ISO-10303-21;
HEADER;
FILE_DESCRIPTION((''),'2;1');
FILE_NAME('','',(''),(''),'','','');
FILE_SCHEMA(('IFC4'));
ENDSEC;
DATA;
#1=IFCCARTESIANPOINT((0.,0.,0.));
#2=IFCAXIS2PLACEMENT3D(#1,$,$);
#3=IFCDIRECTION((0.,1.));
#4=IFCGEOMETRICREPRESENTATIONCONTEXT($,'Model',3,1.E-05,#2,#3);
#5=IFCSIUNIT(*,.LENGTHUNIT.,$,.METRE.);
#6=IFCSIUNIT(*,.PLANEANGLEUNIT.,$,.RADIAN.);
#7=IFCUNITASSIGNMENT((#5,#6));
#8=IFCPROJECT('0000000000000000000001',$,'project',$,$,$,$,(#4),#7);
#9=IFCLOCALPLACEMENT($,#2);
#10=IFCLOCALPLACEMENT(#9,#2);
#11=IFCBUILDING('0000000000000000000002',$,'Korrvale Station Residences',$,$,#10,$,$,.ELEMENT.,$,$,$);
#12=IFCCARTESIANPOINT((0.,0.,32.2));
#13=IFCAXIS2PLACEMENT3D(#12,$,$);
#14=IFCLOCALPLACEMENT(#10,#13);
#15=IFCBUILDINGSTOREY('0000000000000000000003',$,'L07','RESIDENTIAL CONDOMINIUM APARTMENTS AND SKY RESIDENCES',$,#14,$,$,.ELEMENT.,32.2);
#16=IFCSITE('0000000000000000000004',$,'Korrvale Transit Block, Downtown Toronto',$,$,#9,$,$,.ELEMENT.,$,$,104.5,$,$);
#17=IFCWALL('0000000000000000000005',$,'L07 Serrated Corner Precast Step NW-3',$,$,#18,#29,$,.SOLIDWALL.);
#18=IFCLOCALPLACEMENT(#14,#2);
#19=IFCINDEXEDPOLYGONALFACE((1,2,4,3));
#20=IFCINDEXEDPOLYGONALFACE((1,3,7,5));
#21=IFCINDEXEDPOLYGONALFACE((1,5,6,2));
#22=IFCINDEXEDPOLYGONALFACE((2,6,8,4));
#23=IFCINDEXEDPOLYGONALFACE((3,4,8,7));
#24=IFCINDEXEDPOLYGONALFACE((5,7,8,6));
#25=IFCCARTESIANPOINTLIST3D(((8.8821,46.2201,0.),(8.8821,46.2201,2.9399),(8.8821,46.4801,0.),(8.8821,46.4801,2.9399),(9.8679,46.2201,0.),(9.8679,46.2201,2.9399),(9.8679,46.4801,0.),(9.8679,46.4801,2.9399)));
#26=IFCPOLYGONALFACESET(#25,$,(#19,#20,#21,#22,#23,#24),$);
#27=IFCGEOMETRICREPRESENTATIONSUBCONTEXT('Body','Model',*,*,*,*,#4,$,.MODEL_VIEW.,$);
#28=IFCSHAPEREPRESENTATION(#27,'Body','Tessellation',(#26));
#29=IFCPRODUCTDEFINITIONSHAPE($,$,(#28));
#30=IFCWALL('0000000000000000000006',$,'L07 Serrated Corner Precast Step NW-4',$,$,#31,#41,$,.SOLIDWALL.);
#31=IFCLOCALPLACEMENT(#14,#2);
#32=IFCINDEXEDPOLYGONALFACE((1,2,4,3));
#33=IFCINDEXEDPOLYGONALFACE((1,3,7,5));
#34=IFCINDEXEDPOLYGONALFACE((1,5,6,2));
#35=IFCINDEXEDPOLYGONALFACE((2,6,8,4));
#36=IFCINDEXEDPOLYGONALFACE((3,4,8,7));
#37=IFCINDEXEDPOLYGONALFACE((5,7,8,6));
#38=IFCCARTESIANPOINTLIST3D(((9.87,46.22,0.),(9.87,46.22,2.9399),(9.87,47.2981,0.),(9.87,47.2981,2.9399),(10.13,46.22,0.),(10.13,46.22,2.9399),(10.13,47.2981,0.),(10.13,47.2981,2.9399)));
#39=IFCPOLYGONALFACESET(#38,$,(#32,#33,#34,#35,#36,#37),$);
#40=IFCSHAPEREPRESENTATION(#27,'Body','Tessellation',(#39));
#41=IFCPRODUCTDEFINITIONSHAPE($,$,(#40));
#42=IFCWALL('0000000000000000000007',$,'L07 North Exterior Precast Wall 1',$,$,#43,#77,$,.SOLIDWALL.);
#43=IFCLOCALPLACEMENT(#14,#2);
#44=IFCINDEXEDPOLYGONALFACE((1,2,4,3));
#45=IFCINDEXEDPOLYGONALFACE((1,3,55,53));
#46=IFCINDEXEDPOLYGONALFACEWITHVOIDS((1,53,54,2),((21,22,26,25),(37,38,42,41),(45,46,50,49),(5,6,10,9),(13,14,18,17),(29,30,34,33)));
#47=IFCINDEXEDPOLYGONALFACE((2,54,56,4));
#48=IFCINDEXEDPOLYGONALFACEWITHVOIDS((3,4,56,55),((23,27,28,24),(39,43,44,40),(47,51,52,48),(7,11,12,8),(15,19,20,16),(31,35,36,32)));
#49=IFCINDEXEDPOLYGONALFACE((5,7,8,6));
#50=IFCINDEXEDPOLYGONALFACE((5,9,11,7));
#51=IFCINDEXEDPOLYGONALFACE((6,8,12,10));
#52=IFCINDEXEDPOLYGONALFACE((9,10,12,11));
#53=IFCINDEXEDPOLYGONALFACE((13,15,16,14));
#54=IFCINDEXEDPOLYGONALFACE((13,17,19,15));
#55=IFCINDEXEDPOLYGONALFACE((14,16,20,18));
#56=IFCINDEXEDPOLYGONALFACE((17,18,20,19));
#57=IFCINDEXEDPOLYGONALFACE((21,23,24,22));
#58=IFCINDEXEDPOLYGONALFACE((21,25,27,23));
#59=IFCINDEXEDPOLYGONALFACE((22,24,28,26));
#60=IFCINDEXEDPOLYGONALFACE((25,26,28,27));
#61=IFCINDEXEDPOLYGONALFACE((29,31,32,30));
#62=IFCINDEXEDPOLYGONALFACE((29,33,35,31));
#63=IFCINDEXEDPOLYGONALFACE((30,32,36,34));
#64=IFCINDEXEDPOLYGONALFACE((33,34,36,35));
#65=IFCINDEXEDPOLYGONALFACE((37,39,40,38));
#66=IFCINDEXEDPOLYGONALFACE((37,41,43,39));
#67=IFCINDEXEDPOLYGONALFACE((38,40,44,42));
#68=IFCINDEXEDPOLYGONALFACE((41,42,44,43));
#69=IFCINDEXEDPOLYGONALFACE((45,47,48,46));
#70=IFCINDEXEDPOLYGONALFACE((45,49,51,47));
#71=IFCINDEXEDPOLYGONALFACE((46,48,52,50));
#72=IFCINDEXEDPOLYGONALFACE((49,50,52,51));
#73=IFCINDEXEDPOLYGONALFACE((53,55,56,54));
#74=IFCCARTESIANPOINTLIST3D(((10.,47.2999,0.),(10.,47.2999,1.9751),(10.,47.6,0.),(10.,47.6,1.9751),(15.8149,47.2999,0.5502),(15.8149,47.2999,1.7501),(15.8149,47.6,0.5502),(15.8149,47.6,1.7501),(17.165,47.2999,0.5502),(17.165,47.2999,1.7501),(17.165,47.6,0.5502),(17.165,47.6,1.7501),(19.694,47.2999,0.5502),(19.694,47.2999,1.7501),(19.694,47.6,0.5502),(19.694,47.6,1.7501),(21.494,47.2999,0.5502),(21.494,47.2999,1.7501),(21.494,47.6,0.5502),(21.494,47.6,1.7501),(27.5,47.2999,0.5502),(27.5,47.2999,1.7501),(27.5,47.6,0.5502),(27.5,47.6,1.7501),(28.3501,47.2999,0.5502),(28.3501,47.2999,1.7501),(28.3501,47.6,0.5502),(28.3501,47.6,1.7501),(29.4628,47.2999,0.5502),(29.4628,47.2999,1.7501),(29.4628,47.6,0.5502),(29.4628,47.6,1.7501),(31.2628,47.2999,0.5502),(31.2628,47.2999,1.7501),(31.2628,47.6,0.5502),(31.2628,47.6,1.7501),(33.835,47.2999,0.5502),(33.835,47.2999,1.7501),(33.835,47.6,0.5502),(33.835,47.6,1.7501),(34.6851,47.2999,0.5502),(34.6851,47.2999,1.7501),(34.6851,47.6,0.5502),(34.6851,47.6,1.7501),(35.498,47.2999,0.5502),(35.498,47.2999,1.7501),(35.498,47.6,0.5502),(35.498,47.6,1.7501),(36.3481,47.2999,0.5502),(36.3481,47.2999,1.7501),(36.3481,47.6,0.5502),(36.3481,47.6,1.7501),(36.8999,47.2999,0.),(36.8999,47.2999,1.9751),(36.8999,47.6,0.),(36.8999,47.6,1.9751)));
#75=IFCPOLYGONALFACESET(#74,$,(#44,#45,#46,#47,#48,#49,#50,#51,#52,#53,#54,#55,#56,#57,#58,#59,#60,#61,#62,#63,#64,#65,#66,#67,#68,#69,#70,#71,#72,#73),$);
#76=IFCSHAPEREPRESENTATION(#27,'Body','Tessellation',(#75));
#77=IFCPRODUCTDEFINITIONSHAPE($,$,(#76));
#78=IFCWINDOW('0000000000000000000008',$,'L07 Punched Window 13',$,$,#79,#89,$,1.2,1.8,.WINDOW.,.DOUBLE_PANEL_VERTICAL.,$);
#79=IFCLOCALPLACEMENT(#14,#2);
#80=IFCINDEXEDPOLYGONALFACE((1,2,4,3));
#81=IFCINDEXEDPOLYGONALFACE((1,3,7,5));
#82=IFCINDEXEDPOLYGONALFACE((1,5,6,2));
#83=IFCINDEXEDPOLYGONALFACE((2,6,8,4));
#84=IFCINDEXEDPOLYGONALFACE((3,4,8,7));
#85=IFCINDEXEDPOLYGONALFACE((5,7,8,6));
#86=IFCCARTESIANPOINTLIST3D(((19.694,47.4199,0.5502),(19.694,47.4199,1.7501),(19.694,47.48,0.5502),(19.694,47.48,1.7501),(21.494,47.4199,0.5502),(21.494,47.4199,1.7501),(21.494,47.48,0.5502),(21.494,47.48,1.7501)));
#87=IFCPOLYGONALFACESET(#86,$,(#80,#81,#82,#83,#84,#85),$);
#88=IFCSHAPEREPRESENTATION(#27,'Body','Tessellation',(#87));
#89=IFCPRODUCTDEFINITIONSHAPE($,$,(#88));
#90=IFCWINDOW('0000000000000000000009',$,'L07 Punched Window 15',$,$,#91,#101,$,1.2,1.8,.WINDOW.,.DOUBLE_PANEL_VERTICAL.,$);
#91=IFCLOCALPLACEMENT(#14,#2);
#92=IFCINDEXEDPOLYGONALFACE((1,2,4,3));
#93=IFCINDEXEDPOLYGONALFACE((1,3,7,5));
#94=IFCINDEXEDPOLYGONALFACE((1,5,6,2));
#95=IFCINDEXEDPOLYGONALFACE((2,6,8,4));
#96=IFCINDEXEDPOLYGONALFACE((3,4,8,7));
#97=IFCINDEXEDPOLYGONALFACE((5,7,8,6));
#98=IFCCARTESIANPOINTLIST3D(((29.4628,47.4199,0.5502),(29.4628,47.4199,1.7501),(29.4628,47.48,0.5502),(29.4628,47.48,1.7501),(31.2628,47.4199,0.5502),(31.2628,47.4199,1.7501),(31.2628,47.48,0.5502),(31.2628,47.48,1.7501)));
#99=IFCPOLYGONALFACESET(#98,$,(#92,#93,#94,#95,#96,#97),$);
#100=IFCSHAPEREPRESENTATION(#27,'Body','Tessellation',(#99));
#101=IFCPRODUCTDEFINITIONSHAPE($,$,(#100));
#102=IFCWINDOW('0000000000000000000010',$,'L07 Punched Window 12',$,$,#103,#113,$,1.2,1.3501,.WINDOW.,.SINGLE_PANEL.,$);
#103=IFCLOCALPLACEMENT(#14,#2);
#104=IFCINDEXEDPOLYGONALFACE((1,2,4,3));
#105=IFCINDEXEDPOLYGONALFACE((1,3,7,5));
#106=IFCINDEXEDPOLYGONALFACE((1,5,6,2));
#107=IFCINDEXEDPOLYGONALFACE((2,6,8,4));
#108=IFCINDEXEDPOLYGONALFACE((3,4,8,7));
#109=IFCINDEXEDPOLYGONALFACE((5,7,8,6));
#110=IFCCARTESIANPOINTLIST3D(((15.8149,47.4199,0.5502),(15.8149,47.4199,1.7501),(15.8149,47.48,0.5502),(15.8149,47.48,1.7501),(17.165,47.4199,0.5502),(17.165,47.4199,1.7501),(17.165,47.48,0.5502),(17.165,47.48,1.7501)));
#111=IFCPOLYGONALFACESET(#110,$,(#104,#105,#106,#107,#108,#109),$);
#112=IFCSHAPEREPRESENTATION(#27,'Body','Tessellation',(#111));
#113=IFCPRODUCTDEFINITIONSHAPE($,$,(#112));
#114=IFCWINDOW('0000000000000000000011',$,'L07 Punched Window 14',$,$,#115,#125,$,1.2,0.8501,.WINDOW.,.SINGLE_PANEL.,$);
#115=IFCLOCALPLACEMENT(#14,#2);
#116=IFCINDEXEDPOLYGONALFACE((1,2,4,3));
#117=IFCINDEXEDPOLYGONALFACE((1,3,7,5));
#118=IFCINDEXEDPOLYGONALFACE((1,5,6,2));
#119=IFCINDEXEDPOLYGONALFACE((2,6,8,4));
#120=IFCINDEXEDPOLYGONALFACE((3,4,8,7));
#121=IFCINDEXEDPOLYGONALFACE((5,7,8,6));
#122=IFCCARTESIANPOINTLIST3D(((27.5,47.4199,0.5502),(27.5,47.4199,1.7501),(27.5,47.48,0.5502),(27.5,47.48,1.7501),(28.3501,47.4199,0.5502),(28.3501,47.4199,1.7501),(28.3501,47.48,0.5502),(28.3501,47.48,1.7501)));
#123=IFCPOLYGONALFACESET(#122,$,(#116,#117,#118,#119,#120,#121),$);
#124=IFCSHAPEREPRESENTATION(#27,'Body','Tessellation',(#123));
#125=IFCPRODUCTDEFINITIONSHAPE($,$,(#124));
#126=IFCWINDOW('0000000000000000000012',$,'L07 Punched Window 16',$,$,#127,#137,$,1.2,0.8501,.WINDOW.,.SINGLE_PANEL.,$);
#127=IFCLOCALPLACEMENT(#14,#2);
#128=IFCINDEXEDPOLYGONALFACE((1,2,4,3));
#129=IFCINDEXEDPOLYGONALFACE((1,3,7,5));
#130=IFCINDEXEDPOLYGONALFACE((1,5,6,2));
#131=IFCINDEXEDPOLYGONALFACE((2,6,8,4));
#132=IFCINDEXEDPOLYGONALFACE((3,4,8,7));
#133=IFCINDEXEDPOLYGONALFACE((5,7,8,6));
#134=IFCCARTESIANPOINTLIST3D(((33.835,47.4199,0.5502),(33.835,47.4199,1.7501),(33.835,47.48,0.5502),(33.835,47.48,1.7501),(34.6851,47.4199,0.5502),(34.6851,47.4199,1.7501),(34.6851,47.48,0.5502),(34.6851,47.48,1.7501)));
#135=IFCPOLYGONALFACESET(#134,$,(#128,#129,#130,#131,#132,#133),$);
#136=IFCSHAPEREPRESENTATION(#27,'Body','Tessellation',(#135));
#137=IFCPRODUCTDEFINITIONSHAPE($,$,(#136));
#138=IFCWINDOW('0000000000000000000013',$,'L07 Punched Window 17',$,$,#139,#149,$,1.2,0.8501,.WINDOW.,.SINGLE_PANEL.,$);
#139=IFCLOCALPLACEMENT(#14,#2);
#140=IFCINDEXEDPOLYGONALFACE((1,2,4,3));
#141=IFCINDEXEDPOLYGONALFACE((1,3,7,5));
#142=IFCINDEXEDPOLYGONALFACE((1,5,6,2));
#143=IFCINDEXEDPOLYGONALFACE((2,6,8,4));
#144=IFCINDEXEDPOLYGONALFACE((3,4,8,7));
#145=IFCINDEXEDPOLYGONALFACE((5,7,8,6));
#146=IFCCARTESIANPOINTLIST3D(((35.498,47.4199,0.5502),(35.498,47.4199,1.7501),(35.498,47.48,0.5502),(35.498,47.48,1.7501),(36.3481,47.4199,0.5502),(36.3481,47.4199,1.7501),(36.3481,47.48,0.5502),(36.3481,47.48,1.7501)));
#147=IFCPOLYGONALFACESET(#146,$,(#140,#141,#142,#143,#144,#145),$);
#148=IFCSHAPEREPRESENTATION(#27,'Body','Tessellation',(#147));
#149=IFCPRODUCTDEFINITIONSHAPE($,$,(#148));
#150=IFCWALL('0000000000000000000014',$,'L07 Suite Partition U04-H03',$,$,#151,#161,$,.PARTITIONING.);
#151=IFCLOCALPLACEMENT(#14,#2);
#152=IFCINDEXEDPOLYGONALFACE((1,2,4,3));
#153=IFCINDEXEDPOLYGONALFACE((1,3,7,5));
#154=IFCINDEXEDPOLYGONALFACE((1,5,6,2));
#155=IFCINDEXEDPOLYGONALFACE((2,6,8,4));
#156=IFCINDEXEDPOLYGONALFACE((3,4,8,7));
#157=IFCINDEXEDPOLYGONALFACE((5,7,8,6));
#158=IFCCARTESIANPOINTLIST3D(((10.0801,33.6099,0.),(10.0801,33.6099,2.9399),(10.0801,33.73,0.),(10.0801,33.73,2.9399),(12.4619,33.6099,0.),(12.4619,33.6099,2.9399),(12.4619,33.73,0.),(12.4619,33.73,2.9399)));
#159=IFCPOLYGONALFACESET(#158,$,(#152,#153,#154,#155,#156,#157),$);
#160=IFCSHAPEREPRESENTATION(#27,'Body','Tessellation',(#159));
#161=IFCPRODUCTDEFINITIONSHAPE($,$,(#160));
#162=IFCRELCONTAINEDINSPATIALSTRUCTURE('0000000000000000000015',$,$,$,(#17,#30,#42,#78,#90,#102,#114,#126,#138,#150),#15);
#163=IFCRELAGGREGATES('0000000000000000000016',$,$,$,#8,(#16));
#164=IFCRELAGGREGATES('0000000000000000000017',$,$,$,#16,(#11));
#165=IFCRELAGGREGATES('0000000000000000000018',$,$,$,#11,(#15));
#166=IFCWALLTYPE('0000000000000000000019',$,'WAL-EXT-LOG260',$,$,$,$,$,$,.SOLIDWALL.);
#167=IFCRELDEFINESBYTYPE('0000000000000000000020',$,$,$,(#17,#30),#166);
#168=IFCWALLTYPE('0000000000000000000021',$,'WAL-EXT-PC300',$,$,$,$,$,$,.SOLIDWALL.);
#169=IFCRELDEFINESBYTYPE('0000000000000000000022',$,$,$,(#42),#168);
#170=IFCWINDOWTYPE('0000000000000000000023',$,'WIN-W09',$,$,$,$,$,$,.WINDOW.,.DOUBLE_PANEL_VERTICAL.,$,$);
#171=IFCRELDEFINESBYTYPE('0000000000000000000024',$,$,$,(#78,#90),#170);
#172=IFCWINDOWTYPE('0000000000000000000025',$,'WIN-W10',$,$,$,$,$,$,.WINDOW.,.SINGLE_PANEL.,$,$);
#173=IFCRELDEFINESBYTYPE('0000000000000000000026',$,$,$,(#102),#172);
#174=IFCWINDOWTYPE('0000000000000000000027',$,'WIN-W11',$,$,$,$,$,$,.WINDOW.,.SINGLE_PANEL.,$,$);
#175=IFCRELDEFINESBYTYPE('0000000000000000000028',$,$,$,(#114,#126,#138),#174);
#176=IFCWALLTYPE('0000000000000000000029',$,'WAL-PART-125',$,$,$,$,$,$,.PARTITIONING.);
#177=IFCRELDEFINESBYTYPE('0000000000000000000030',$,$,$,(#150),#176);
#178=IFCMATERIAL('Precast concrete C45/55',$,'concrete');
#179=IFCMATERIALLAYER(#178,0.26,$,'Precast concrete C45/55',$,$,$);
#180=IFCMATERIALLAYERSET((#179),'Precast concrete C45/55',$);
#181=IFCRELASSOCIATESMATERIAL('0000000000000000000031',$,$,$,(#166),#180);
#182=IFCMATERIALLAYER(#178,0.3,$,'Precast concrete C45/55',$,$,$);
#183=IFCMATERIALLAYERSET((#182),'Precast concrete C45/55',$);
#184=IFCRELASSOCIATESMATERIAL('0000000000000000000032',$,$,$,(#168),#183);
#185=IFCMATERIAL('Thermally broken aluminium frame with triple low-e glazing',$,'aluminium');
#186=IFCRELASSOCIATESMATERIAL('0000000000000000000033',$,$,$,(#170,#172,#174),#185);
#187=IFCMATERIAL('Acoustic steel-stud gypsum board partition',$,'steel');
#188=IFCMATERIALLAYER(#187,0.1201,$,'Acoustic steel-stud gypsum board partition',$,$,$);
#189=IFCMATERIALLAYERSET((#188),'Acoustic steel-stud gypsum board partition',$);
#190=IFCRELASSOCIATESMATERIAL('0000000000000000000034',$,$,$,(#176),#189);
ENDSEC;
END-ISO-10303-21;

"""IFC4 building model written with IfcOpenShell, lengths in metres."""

from ifc_helpers import new_model, si_unit, direction, frame, frame_2d, origin, place, context, subcontext, project, spatial, rectangle, extrude, material, layer, layer_set, type_object, element, fill, save


model = new_model("IFC4")

# Units and contexts
model_context = context("Model", 3, precision=1e-05, world=origin(), true_north=direction((0.0, 1.0)))
body_context = subcontext(model_context, "Body", "Model", "MODEL_VIEW")
ifc_project = project(units=[si_unit("LENGTHUNIT", "METRE"), si_unit("PLANEANGLEUNIT", "RADIAN")], contexts=[model_context])

# Site, building, storey
site_placement = place(None, origin())
site = spatial("IfcSite", under=ifc_project, at=site_placement, Name="Korrvale Transit Block, Downtown Toronto", CompositionType="ELEMENT", RefElevation=104.5)
building_placement = place(site_placement, origin())
building = spatial("IfcBuilding", under=site, at=building_placement, Name="Korrvale Station Residences", CompositionType="ELEMENT")
storey_placement = place(building_placement, frame((0.0, 0.0, 32.2)))
storey = spatial("IfcBuildingStorey", under=building, at=storey_placement, Name="L07", Description="RESIDENTIAL CONDOMINIUM APARTMENTS AND SKY RESIDENCES", CompositionType="ELEMENT", Elevation=32.2)

# Walls
ifc_material_1 = material(Name="Precast concrete C45/55", Category="concrete")
ifc_layer_1 = layer(ifc_material_1, 0.26, Name="Precast concrete C45/55")
ifc_layer_set_1 = layer_set([ifc_layer_1], Name="Precast concrete C45/55")
wall_type_1 = type_object("IfcWallType", Name="WAL-EXT-LOG260", PredefinedType="SOLIDWALL", material=ifc_layer_set_1)
wall_1_placement = place(storey_placement, frame((8.8821, 46.3501, 0.0), z_axis=(0.0, 0.0, 1.0), x_axis=(1.0, 0.0, 0.0)))
element("IfcWall", 1, at=wall_1_placement, inside=storey, type_object=wall_type_1, Name="L07 Serrated Corner Precast Step NW-3", PredefinedType="SOLIDWALL", context=body_context, shape_type="SweptSolid", body=[
    extrude(rectangle(XDim=0.9858, YDim=0.26, at=frame_2d((0.4929, 0.0))), origin(), (0.0, 0.0, 1.0), 2.9399),
])
wall_2_placement = place(storey_placement, frame((10.0, 46.22, 0.0), z_axis=(0.0, 0.0, 1.0), x_axis=(0.0, 1.0, 0.0)))
element("IfcWall", 2, at=wall_2_placement, inside=storey, type_object=wall_type_1, Name="L07 Serrated Corner Precast Step NW-4", PredefinedType="SOLIDWALL", context=body_context, shape_type="SweptSolid", body=[
    extrude(rectangle(XDim=1.0781, YDim=0.26, at=frame_2d((0.5391, 0.0))), origin(), (0.0, 0.0, 1.0), 2.9399),
])

# Wall, openings, windows
ifc_layer_2 = layer(ifc_material_1, 0.3, Name="Precast concrete C45/55")
ifc_layer_set_2 = layer_set([ifc_layer_2], Name="Precast concrete C45/55")
wall_type_2 = type_object("IfcWallType", Name="WAL-EXT-PC300", PredefinedType="SOLIDWALL", material=ifc_layer_set_2)
wall_3_placement = place(storey_placement, frame((10.0, 47.45, 0.0), z_axis=(0.0, 0.0, 1.0), x_axis=(1.0, 0.0, 0.0)))
wall_3 = element("IfcWall", 3, at=wall_3_placement, inside=storey, type_object=wall_type_2, Name="L07 North Exterior Precast Wall 1", PredefinedType="SOLIDWALL", context=body_context, shape_type="SweptSolid", body=[
    extrude(rectangle(XDim=26.8999, YDim=0.3, at=frame_2d((13.45, 0.0))), origin(), (0.0, 0.0, 1.0), 1.9751),
])
opening_1_placement = place(wall_3_placement, frame((5.8149, 0.0, 0.55)))
opening_1 = element("IfcOpeningElement", 4, at=opening_1_placement, cuts=wall_3, PredefinedType="OPENING", context=body_context, shape_type="SweptSolid", body=[
    extrude(rectangle(XDim=1.3501, YDim=1.2, at=frame_2d((0.675, 0.6001))), frame((0.0, 0.1602, 0.0), z_axis=(0.0, -1.0, 0.0), x_axis=(1.0, 0.0, 0.0)), (0.0, 0.0, 1.0), 0.3201),
])
opening_2_placement = place(wall_3_placement, frame((9.6941, 0.0, 0.55)))
opening_2 = element("IfcOpeningElement", 5, at=opening_2_placement, cuts=wall_3, PredefinedType="OPENING", context=body_context, shape_type="SweptSolid", body=[
    extrude(rectangle(XDim=1.8, YDim=1.2, at=frame_2d((0.8999, 0.6001))), frame((0.0, 0.1602, 0.0), z_axis=(0.0, -1.0, 0.0), x_axis=(1.0, 0.0, 0.0)), (0.0, 0.0, 1.0), 0.3201),
])
opening_3_placement = place(wall_3_placement, frame((17.5, 0.0, 0.55)))
opening_3 = element("IfcOpeningElement", 6, at=opening_3_placement, cuts=wall_3, PredefinedType="OPENING", context=body_context, shape_type="SweptSolid", body=[
    extrude(rectangle(XDim=0.8501, YDim=1.2, at=frame_2d((0.425, 0.6001))), frame((0.0, 0.1602, 0.0), z_axis=(0.0, -1.0, 0.0), x_axis=(1.0, 0.0, 0.0)), (0.0, 0.0, 1.0), 0.3201),
])
opening_4_placement = place(wall_3_placement, frame((19.4629, 0.0, 0.55)))
opening_4 = element("IfcOpeningElement", 7, at=opening_4_placement, cuts=wall_3, PredefinedType="OPENING", context=body_context, shape_type="SweptSolid", body=[
    extrude(rectangle(XDim=1.8, YDim=1.2, at=frame_2d((0.8999, 0.6001))), frame((0.0, 0.1602, 0.0), z_axis=(0.0, -1.0, 0.0), x_axis=(1.0, 0.0, 0.0)), (0.0, 0.0, 1.0), 0.3201),
])
opening_5_placement = place(wall_3_placement, frame((23.835, 0.0, 0.55)))
opening_5 = element("IfcOpeningElement", 8, at=opening_5_placement, cuts=wall_3, PredefinedType="OPENING", context=body_context, shape_type="SweptSolid", body=[
    extrude(rectangle(XDim=0.8501, YDim=1.2, at=frame_2d((0.425, 0.6001))), frame((0.0, 0.1602, 0.0), z_axis=(0.0, -1.0, 0.0), x_axis=(1.0, 0.0, 0.0)), (0.0, 0.0, 1.0), 0.3201),
])
opening_6_placement = place(wall_3_placement, frame((25.498, 0.0, 0.55)))
opening_6 = element("IfcOpeningElement", 9, at=opening_6_placement, cuts=wall_3, PredefinedType="OPENING", context=body_context, shape_type="SweptSolid", body=[
    extrude(rectangle(XDim=0.8501, YDim=1.2, at=frame_2d((0.425, 0.6001))), frame((0.0, 0.1602, 0.0), z_axis=(0.0, -1.0, 0.0), x_axis=(1.0, 0.0, 0.0)), (0.0, 0.0, 1.0), 0.3201),
])
ifc_material_2 = material(Name="Thermally broken aluminium frame with triple low-e glazing", Category="aluminium")
window_type_1 = type_object("IfcWindowType", Name="WIN-W09", PartitioningType="DOUBLE_PANEL_VERTICAL", PredefinedType="WINDOW", material=ifc_material_2)
window_1_placement = place(opening_2_placement, origin())
window_1 = element("IfcWindow", 10, at=window_1_placement, inside=storey, type_object=window_type_1, Name="L07 Punched Window 13", OverallHeight=1.2, OverallWidth=1.8, PartitioningType="DOUBLE_PANEL_VERTICAL", PredefinedType="WINDOW", context=body_context, shape_type="SweptSolid", body=[
    extrude(rectangle(XDim=1.8, YDim=1.2, at=frame_2d((0.8999, 0.6001))), frame((0.0, 0.03, 0.0), z_axis=(0.0, -1.0, 0.0), x_axis=(1.0, 0.0, 0.0)), (0.0, 0.0, 1.0), 0.0601),
])
fill(opening_2, window_1)
window_2_placement = place(opening_4_placement, origin())
window_2 = element("IfcWindow", 11, at=window_2_placement, inside=storey, type_object=window_type_1, Name="L07 Punched Window 15", OverallHeight=1.2, OverallWidth=1.8, PartitioningType="DOUBLE_PANEL_VERTICAL", PredefinedType="WINDOW", context=body_context, shape_type="SweptSolid", body=[
    extrude(rectangle(XDim=1.8, YDim=1.2, at=frame_2d((0.8999, 0.6001))), frame((0.0, 0.03, 0.0), z_axis=(0.0, -1.0, 0.0), x_axis=(1.0, 0.0, 0.0)), (0.0, 0.0, 1.0), 0.0601),
])
fill(opening_4, window_2)
window_type_2 = type_object("IfcWindowType", Name="WIN-W10", PartitioningType="SINGLE_PANEL", PredefinedType="WINDOW", material=ifc_material_2)
window_3_placement = place(opening_1_placement, origin())
window_3 = element("IfcWindow", 12, at=window_3_placement, inside=storey, type_object=window_type_2, Name="L07 Punched Window 12", OverallHeight=1.2, OverallWidth=1.3501, PartitioningType="SINGLE_PANEL", PredefinedType="WINDOW", context=body_context, shape_type="SweptSolid", body=[
    extrude(rectangle(XDim=1.3501, YDim=1.2, at=frame_2d((0.675, 0.6001))), frame((0.0, 0.03, 0.0), z_axis=(0.0, -1.0, 0.0), x_axis=(1.0, 0.0, 0.0)), (0.0, 0.0, 1.0), 0.0601),
])
fill(opening_1, window_3)
window_type_3 = type_object("IfcWindowType", Name="WIN-W11", PartitioningType="SINGLE_PANEL", PredefinedType="WINDOW", material=ifc_material_2)
window_4_placement = place(opening_3_placement, origin())
window_4 = element("IfcWindow", 13, at=window_4_placement, inside=storey, type_object=window_type_3, Name="L07 Punched Window 14", OverallHeight=1.2, OverallWidth=0.8501, PartitioningType="SINGLE_PANEL", PredefinedType="WINDOW", context=body_context, shape_type="SweptSolid", body=[
    extrude(rectangle(XDim=0.8501, YDim=1.2, at=frame_2d((0.425, 0.6001))), frame((0.0, 0.03, 0.0), z_axis=(0.0, -1.0, 0.0), x_axis=(1.0, 0.0, 0.0)), (0.0, 0.0, 1.0), 0.0601),
])
fill(opening_3, window_4)
window_5_placement = place(opening_5_placement, origin())
window_5 = element("IfcWindow", 14, at=window_5_placement, inside=storey, type_object=window_type_3, Name="L07 Punched Window 16", OverallHeight=1.2, OverallWidth=0.8501, PartitioningType="SINGLE_PANEL", PredefinedType="WINDOW", context=body_context, shape_type="SweptSolid", body=[
    extrude(rectangle(XDim=0.8501, YDim=1.2, at=frame_2d((0.425, 0.6001))), frame((0.0, 0.03, 0.0), z_axis=(0.0, -1.0, 0.0), x_axis=(1.0, 0.0, 0.0)), (0.0, 0.0, 1.0), 0.0601),
])
fill(opening_5, window_5)
window_6_placement = place(opening_6_placement, origin())
window_6 = element("IfcWindow", 15, at=window_6_placement, inside=storey, type_object=window_type_3, Name="L07 Punched Window 17", OverallHeight=1.2, OverallWidth=0.8501, PartitioningType="SINGLE_PANEL", PredefinedType="WINDOW", context=body_context, shape_type="SweptSolid", body=[
    extrude(rectangle(XDim=0.8501, YDim=1.2, at=frame_2d((0.425, 0.6001))), frame((0.0, 0.03, 0.0), z_axis=(0.0, -1.0, 0.0), x_axis=(1.0, 0.0, 0.0)), (0.0, 0.0, 1.0), 0.0601),
])
fill(opening_6, window_6)

# Wall
ifc_material_3 = material(Name="Acoustic steel-stud gypsum board partition", Category="steel")
ifc_layer_3 = layer(ifc_material_3, 0.1201, Name="Acoustic steel-stud gypsum board partition")
ifc_layer_set_3 = layer_set([ifc_layer_3], Name="Acoustic steel-stud gypsum board partition")
wall_type_3 = type_object("IfcWallType", Name="WAL-PART-125", PredefinedType="PARTITIONING", material=ifc_layer_set_3)
wall_4_placement = place(storey_placement, frame((10.0801, 33.6699, 0.0), z_axis=(0.0, 0.0, 1.0), x_axis=(1.0, 0.0, 0.0)))
element("IfcWall", 16, at=wall_4_placement, inside=storey, type_object=wall_type_3, Name="L07 Suite Partition U04-H03", PredefinedType="PARTITIONING", context=body_context, shape_type="SweptSolid", body=[
    extrude(rectangle(XDim=2.3818, YDim=0.1201, at=frame_2d((1.1909, 0.0))), origin(), (0.0, 0.0, 1.0), 2.9399),
])

save(model, "model.ifc")
